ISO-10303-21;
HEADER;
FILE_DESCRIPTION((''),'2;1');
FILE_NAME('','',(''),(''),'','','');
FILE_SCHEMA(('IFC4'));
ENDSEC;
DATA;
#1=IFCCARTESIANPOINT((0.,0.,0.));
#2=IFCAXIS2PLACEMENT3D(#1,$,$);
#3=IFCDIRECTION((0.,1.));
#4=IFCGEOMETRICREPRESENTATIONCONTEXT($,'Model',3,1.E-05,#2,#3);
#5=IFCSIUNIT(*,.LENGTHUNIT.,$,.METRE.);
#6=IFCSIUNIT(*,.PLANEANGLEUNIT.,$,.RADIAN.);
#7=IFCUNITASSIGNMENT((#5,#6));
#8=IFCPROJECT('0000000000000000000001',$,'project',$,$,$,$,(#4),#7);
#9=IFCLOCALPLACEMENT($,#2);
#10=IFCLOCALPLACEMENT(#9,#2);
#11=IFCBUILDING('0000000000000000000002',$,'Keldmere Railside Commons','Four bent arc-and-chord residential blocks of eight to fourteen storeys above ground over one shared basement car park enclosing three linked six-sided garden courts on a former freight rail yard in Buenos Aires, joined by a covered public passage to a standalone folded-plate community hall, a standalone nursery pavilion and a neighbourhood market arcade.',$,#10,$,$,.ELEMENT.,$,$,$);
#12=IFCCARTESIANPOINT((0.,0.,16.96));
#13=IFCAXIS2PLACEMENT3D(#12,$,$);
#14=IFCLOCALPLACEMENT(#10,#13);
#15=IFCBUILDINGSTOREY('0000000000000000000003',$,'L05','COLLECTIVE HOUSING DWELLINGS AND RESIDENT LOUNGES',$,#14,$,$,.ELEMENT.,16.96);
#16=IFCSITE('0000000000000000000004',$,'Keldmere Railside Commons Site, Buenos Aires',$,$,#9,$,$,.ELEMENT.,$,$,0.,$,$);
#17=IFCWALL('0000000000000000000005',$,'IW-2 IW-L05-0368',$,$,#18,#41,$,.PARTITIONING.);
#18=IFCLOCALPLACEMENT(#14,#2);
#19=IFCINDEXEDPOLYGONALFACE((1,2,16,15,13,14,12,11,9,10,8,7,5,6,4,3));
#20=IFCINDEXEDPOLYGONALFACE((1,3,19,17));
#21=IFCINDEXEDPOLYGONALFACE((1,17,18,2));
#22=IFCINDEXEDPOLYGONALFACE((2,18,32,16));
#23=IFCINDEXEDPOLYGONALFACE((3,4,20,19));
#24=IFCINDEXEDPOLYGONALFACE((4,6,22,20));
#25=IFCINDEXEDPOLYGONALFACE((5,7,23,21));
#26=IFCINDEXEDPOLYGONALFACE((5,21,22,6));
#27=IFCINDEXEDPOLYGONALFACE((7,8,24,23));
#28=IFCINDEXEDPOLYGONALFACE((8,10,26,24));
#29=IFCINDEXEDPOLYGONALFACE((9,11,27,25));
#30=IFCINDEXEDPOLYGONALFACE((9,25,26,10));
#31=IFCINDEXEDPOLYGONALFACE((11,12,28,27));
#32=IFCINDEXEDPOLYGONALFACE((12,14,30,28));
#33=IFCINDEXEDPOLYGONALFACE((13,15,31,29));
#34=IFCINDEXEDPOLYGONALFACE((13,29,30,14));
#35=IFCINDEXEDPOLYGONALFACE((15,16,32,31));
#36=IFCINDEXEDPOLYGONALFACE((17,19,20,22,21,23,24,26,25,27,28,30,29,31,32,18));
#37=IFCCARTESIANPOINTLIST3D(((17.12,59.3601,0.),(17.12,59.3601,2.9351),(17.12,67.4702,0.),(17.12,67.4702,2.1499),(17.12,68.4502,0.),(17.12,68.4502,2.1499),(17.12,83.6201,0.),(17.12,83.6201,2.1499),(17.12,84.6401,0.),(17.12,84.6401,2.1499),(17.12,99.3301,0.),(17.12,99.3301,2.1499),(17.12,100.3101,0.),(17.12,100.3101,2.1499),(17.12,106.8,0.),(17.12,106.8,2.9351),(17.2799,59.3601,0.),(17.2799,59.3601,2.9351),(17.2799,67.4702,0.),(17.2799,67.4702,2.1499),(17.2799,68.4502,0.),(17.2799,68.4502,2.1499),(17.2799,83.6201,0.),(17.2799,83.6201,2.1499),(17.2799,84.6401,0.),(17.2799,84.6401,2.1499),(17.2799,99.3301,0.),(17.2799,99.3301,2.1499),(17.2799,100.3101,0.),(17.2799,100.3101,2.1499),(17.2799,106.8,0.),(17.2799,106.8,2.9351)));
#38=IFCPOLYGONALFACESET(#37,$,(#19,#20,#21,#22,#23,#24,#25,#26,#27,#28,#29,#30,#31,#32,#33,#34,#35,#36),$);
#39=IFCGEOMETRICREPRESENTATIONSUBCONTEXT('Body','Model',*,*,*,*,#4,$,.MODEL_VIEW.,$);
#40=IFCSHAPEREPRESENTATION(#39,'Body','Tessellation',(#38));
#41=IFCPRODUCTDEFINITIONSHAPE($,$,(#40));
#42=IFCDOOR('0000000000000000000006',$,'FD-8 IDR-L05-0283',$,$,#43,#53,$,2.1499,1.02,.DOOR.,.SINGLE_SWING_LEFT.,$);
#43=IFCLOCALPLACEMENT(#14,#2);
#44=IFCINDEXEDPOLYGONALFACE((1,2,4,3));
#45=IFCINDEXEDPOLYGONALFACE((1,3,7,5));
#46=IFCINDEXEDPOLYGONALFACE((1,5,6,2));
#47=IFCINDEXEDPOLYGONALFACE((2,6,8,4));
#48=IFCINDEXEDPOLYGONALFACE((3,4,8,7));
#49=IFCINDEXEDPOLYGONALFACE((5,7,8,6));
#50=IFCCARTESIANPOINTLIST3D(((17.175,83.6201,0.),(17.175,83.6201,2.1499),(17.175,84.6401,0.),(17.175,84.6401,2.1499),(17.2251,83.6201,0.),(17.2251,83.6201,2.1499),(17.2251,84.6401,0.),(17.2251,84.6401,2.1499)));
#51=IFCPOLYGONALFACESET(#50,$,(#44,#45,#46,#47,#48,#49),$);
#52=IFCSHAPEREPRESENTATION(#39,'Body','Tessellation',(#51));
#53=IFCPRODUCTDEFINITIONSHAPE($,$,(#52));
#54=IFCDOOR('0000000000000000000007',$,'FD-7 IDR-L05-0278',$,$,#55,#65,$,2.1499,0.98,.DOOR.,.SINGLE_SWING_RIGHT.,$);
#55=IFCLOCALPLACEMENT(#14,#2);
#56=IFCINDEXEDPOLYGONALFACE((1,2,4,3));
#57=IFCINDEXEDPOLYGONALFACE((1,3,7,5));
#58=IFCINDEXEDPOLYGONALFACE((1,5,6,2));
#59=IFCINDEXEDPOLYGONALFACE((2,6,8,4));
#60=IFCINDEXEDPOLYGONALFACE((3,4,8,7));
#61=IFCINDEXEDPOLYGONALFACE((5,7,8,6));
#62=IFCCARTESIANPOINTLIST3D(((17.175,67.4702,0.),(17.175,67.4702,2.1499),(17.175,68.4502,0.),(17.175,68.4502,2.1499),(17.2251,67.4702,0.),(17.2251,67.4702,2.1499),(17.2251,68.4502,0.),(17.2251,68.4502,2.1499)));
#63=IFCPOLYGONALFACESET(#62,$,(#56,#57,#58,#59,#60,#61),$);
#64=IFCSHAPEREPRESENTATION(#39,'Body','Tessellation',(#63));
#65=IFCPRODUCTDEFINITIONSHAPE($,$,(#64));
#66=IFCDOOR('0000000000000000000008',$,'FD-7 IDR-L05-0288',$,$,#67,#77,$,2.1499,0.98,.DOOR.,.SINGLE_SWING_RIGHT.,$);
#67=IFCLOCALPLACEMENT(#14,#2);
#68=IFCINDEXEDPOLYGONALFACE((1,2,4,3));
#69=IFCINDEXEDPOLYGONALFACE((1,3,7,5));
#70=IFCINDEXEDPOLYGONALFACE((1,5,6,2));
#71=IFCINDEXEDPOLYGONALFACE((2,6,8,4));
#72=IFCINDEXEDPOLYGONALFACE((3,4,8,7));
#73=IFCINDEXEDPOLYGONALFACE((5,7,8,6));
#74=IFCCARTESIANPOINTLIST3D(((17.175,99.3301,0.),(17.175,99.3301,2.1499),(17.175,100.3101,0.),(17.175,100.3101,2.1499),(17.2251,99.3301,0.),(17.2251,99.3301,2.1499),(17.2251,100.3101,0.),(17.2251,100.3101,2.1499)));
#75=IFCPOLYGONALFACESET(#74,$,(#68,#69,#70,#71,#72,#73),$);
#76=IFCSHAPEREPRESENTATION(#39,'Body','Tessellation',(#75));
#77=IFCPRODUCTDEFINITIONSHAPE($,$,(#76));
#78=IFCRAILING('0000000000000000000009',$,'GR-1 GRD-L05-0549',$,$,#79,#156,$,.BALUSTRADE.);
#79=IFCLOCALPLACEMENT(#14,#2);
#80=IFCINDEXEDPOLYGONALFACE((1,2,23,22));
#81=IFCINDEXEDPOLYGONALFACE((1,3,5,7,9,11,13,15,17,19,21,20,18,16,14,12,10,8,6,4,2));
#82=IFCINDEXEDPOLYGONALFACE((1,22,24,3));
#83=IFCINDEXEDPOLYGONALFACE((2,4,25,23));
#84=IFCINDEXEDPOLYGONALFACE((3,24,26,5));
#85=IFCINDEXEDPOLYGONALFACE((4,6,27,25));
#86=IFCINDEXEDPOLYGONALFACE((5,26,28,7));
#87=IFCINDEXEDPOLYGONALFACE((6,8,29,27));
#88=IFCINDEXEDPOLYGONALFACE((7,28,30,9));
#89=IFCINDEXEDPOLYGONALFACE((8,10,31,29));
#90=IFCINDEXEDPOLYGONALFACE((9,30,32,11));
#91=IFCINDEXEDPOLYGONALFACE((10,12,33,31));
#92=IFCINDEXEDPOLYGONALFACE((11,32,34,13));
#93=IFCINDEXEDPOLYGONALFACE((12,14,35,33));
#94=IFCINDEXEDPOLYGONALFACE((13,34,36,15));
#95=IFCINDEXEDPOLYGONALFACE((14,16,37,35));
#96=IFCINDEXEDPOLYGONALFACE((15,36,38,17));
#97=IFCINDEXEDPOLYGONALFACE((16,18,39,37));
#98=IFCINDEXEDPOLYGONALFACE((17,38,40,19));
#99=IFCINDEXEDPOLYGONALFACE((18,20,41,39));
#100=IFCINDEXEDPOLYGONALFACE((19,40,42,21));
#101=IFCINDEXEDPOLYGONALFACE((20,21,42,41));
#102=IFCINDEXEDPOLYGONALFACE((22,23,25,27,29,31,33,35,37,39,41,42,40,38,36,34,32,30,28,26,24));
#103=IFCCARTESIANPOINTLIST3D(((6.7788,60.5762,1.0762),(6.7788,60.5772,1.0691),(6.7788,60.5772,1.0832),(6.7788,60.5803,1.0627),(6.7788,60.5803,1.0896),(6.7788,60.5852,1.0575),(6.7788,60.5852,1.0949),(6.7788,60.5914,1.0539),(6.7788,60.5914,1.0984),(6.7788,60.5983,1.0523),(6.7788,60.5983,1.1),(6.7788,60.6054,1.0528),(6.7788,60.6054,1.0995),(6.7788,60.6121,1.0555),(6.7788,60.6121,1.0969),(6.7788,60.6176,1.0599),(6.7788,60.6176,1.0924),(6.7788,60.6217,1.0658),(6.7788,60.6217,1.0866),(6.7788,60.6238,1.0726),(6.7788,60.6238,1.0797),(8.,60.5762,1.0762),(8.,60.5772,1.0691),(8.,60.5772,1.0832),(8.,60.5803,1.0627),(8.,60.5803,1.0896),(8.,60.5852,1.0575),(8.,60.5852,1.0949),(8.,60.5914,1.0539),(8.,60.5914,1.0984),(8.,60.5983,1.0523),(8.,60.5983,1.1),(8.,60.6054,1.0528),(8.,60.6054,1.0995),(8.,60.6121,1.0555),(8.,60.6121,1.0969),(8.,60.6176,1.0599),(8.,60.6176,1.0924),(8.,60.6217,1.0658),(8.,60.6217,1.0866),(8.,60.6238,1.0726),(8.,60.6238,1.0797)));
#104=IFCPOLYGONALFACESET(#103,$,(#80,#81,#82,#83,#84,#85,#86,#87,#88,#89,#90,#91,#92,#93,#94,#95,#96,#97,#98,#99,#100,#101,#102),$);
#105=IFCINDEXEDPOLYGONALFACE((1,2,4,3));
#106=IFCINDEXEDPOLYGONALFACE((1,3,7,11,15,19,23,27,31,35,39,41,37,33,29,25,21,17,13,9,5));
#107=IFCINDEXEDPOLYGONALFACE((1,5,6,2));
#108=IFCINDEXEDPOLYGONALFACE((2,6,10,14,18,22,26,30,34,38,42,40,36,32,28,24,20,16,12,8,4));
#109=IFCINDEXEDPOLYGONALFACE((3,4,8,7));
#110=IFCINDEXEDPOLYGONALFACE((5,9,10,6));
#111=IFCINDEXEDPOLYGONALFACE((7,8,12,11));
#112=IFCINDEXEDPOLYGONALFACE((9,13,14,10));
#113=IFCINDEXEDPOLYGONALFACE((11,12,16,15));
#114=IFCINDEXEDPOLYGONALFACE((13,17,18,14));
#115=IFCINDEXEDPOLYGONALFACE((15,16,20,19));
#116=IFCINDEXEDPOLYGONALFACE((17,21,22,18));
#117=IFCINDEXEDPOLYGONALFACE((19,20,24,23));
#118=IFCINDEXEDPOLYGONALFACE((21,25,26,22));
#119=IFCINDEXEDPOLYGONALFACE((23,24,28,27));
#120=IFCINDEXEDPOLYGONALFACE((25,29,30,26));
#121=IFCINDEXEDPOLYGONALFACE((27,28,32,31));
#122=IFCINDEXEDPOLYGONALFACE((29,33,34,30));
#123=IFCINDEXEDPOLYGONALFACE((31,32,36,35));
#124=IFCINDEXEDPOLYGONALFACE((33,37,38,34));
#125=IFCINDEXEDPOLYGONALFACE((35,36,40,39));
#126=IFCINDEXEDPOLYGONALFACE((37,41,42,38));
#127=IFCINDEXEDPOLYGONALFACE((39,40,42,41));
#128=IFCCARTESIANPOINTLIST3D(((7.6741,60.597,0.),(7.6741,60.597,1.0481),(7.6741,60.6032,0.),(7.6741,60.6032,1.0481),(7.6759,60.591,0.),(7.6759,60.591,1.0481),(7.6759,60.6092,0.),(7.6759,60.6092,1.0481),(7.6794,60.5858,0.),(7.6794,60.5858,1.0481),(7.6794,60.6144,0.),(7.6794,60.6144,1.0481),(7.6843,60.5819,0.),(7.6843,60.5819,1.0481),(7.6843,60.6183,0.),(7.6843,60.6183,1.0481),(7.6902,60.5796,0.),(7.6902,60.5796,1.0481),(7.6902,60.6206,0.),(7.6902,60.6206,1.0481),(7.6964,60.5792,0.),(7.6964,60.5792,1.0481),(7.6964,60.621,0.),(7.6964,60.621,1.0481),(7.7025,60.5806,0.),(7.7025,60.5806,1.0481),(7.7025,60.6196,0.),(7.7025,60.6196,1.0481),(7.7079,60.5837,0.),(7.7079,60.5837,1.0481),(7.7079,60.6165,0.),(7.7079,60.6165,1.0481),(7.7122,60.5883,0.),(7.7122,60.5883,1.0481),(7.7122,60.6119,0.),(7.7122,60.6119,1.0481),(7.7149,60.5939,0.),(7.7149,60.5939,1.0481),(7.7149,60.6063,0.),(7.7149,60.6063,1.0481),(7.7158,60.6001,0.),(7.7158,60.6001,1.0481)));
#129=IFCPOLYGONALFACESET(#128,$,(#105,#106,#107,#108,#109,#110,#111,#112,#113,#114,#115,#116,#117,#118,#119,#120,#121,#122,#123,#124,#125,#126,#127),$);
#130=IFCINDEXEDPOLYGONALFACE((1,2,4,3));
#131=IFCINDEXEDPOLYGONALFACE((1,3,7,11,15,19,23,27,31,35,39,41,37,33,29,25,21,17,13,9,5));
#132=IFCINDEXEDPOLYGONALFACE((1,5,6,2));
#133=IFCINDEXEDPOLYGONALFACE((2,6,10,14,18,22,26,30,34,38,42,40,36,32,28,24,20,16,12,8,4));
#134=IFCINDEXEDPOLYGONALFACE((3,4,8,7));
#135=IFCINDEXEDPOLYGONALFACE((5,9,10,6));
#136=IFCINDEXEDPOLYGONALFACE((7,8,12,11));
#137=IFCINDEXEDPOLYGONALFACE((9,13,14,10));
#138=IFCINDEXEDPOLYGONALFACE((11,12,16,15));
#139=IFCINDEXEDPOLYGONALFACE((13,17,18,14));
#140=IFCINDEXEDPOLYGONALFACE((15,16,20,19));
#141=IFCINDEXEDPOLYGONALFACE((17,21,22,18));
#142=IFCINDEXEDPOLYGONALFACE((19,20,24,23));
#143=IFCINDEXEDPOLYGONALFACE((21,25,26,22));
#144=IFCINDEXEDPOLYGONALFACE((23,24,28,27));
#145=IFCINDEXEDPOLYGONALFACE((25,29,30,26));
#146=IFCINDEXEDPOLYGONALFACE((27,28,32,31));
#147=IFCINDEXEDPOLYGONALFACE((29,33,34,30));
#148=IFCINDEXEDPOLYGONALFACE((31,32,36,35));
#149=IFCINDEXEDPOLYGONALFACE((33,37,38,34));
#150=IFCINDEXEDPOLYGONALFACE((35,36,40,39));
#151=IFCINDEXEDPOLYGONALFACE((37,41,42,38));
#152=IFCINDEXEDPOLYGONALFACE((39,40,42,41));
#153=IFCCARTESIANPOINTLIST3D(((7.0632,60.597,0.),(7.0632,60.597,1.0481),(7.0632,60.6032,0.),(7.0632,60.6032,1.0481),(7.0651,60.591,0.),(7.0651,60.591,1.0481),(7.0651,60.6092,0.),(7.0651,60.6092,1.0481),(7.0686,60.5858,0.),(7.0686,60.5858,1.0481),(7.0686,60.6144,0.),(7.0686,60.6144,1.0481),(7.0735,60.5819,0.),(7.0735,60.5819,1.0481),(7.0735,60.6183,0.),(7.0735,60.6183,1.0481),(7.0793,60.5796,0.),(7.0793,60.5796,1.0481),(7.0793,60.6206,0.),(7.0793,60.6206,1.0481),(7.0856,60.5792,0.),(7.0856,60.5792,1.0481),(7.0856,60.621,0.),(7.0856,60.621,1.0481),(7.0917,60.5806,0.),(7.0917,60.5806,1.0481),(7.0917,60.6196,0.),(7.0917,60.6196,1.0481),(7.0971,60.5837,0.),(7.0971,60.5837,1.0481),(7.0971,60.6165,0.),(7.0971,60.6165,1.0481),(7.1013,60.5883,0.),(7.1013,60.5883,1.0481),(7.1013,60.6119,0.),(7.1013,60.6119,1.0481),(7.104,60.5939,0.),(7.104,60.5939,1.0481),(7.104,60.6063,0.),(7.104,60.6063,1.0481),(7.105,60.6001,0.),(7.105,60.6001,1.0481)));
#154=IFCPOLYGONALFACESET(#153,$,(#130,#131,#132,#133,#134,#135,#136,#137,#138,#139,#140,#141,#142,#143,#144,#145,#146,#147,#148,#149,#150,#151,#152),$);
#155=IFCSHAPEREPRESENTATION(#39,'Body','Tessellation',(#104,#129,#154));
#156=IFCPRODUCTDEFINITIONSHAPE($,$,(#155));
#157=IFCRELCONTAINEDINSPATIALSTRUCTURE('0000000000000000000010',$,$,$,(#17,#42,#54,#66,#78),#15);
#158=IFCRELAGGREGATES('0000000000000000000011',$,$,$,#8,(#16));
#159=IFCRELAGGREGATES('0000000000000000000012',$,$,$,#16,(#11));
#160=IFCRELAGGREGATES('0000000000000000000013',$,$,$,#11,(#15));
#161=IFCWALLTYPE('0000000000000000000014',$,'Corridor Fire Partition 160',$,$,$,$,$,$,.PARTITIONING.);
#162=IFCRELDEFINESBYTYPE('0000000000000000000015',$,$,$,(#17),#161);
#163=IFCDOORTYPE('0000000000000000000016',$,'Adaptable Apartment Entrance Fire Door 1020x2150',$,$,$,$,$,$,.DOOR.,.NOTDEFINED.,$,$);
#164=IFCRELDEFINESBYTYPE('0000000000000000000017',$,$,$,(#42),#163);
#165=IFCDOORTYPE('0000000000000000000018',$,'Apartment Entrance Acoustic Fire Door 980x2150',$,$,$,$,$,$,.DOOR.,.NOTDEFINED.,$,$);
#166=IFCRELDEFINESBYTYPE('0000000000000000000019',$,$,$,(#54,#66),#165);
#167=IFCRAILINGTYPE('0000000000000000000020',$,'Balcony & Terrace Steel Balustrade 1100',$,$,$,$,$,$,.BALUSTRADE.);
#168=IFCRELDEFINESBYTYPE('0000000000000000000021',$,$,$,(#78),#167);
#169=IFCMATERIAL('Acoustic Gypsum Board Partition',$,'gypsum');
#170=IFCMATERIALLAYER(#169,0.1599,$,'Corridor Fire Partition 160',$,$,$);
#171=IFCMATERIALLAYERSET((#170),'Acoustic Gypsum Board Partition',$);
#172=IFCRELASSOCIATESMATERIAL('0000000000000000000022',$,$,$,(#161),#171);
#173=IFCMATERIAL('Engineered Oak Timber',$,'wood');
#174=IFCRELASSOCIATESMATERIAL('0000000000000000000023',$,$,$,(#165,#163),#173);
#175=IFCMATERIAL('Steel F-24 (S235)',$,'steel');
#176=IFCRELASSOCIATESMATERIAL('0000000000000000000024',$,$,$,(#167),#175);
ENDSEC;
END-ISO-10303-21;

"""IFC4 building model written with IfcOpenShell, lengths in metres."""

from ifc_helpers import new_model, si_unit, direction, frame, frame_2d, origin, origin_2d, place, context, subcontext, project, spatial, rectangle, circle, extrude, material, layer, layer_set, type_object, element, fill, save


model = new_model("IFC4")

# Units and contexts
model_context = context("Model", 3, precision=1e-05, world=origin(), true_north=direction((0.0, 1.0)))
body_context = subcontext(model_context, "Body", "Model", "MODEL_VIEW")
ifc_project = project(units=[si_unit("LENGTHUNIT", "METRE"), si_unit("PLANEANGLEUNIT", "RADIAN")], contexts=[model_context])

# Site, building, storey
site_placement = place(None, origin())
site = spatial("IfcSite", under=ifc_project, at=site_placement, Name="Keldmere Railside Commons Site, Buenos Aires", CompositionType="ELEMENT", RefElevation=0.0)
building_placement = place(site_placement, origin())
building = spatial("IfcBuilding", under=site, at=building_placement, Name="Keldmere Railside Commons", Description="Four bent arc-and-chord residential blocks of eight to fourteen storeys above ground over one shared basement car park enclosing three linked six-sided garden courts on a former freight rail yard in Buenos Aires, joined by a covered public passage to a standalone folded-plate community hall, a standalone nursery pavilion and a neighbourhood market arcade.", CompositionType="ELEMENT")
storey_placement = place(building_placement, frame((0.0, 0.0, 16.96)))
storey = spatial("IfcBuildingStorey", under=building, at=storey_placement, Name="L05", Description="COLLECTIVE HOUSING DWELLINGS AND RESIDENT LOUNGES", CompositionType="ELEMENT", Elevation=16.96)

# Wall, openings, doors
ifc_material_1 = material(Name="Acoustic Gypsum Board Partition", Category="gypsum")
ifc_material_2 = material(Name="Engineered Oak Timber", Category="wood")
ifc_layer_1 = layer(ifc_material_1, 0.1599, Name="Corridor Fire Partition 160")
ifc_layer_set_1 = layer_set([ifc_layer_1], Name="Acoustic Gypsum Board Partition")
wall_type_1 = type_object("IfcWallType", Name="Corridor Fire Partition 160", PredefinedType="PARTITIONING", material=ifc_layer_set_1)
door_type_1 = type_object("IfcDoorType", Name="Apartment Entrance Acoustic Fire Door 980x2150", OperationType="NOTDEFINED", PredefinedType="DOOR", material=ifc_material_2)
ifc_material_3 = material(Name="Steel F-24 (S235)", Category="steel")
wall_1_placement = place(storey_placement, frame((17.2, 59.3601, 0.0), z_axis=(0.0, 0.0, 1.0), x_axis=(0.0, 1.0, 0.0)))
wall_1 = element("IfcWall", 1, at=wall_1_placement, inside=storey, type_object=wall_type_1, Name="IW-2 IW-L05-0368", PredefinedType="PARTITIONING", context=body_context, shape_type="SweptSolid", body=[
    extrude(rectangle(XDim=47.4399, YDim=0.1599, at=frame_2d((23.72, 0.0))), origin(), (0.0, 0.0, 1.0), 2.9351),
])
opening_1_placement = place(wall_1_placement, frame((8.1101, 0.0, 0.0)))
opening_1 = element("IfcOpeningElement", 2, at=opening_1_placement, cuts=wall_1, PredefinedType="OPENING", context=body_context, shape_type="SweptSolid", body=[
    extrude(rectangle(XDim=0.98, YDim=2.1499, at=frame_2d((0.49, 1.075))), frame((0.0, 0.0898, 0.0), z_axis=(0.0, -1.0, 0.0), x_axis=(1.0, 0.0, 0.0)), (0.0, 0.0, 1.0), 0.1799),
])
opening_2_placement = place(wall_1_placement, frame((24.26, 0.0, 0.0)))
opening_2 = element("IfcOpeningElement", 3, at=opening_2_placement, cuts=wall_1, PredefinedType="OPENING", context=body_context, shape_type="SweptSolid", body=[
    extrude(rectangle(XDim=1.02, YDim=2.1499, at=frame_2d((0.51, 1.075))), frame((0.0, 0.0898, 0.0), z_axis=(0.0, -1.0, 0.0), x_axis=(1.0, 0.0, 0.0)), (0.0, 0.0, 1.0), 0.1799),
])
opening_3_placement = place(wall_1_placement, frame((39.97, 0.0, 0.0)))
opening_3 = element("IfcOpeningElement", 4, at=opening_3_placement, cuts=wall_1, PredefinedType="OPENING", context=body_context, shape_type="SweptSolid", body=[
    extrude(rectangle(XDim=0.98, YDim=2.1499, at=frame_2d((0.49, 1.075))), frame((0.0, 0.0898, 0.0), z_axis=(0.0, -1.0, 0.0), x_axis=(1.0, 0.0, 0.0)), (0.0, 0.0, 1.0), 0.1799),
])
door_type_2 = type_object("IfcDoorType", Name="Adaptable Apartment Entrance Fire Door 1020x2150", OperationType="NOTDEFINED", PredefinedType="DOOR", material=ifc_material_2)
door_1_placement = place(opening_2_placement, origin())
door_1 = element("IfcDoor", 5, at=door_1_placement, inside=storey, type_object=door_type_2, Name="FD-8 IDR-L05-0283", OperationType="SINGLE_SWING_LEFT", OverallHeight=2.1499, OverallWidth=1.02, PredefinedType="DOOR", context=body_context, shape_type="SweptSolid", body=[
    extrude(rectangle(XDim=1.02, YDim=2.1499, at=frame_2d((0.51, 1.075))), frame((0.0, 0.0249, 0.0), z_axis=(0.0, -1.0, 0.0), x_axis=(1.0, 0.0, 0.0)), (0.0, 0.0, 1.0), 0.05),
])
fill(opening_2, door_1)
door_2_placement = place(opening_1_placement, origin())
door_2 = element("IfcDoor", 6, at=door_2_placement, inside=storey, type_object=door_type_1, Name="FD-7 IDR-L05-0278", OperationType="SINGLE_SWING_RIGHT", OverallHeight=2.1499, OverallWidth=0.98, PredefinedType="DOOR", context=body_context, shape_type="SweptSolid", body=[
    extrude(rectangle(XDim=0.98, YDim=2.1499, at=frame_2d((0.49, 1.075))), frame((0.0, 0.0249, 0.0), z_axis=(0.0, -1.0, 0.0), x_axis=(1.0, 0.0, 0.0)), (0.0, 0.0, 1.0), 0.05),
])
fill(opening_1, door_2)
door_3_placement = place(opening_3_placement, origin())
door_3 = element("IfcDoor", 7, at=door_3_placement, inside=storey, type_object=door_type_1, Name="FD-7 IDR-L05-0288", OperationType="SINGLE_SWING_RIGHT", OverallHeight=2.1499, OverallWidth=0.98, PredefinedType="DOOR", context=body_context, shape_type="SweptSolid", body=[
    extrude(rectangle(XDim=0.98, YDim=2.1499, at=frame_2d((0.49, 1.075))), frame((0.0, 0.0249, 0.0), z_axis=(0.0, -1.0, 0.0), x_axis=(1.0, 0.0, 0.0)), (0.0, 0.0, 1.0), 0.05),
])
fill(opening_3, door_3)

# Railing
railing_type = type_object("IfcRailingType", Name="Balcony & Terrace Steel Balustrade 1100", PredefinedType="BALUSTRADE", material=ifc_material_3)
railing_placement = place(storey_placement, frame((8.0, 60.6001, 0.0)))
element("IfcRailing", 8, at=railing_placement, inside=storey, type_object=railing_type, Name="GR-1 GRD-L05-0549", PredefinedType="BALUSTRADE", context=body_context, shape_type="SweptSolid", body=[
    extrude(circle(Radius=0.0239, at=origin_2d()), frame((0.0, 0.0, 1.0762), z_axis=(-1.0, 0.0, 0.0), x_axis=(0.0, -1.0, 0.0)), (0.0, 0.0, 1.0), 1.2212),
    extrude(circle(Radius=0.021, at=origin_2d()), frame((-0.3052, 0.0, 0.0)), (0.0, 0.0, 1.0), 1.0481),
    extrude(circle(Radius=0.021, at=origin_2d()), frame((-0.916, 0.0, 0.0)), (0.0, 0.0, 1.0), 1.0481),
])

save(model, "model.ifc")
